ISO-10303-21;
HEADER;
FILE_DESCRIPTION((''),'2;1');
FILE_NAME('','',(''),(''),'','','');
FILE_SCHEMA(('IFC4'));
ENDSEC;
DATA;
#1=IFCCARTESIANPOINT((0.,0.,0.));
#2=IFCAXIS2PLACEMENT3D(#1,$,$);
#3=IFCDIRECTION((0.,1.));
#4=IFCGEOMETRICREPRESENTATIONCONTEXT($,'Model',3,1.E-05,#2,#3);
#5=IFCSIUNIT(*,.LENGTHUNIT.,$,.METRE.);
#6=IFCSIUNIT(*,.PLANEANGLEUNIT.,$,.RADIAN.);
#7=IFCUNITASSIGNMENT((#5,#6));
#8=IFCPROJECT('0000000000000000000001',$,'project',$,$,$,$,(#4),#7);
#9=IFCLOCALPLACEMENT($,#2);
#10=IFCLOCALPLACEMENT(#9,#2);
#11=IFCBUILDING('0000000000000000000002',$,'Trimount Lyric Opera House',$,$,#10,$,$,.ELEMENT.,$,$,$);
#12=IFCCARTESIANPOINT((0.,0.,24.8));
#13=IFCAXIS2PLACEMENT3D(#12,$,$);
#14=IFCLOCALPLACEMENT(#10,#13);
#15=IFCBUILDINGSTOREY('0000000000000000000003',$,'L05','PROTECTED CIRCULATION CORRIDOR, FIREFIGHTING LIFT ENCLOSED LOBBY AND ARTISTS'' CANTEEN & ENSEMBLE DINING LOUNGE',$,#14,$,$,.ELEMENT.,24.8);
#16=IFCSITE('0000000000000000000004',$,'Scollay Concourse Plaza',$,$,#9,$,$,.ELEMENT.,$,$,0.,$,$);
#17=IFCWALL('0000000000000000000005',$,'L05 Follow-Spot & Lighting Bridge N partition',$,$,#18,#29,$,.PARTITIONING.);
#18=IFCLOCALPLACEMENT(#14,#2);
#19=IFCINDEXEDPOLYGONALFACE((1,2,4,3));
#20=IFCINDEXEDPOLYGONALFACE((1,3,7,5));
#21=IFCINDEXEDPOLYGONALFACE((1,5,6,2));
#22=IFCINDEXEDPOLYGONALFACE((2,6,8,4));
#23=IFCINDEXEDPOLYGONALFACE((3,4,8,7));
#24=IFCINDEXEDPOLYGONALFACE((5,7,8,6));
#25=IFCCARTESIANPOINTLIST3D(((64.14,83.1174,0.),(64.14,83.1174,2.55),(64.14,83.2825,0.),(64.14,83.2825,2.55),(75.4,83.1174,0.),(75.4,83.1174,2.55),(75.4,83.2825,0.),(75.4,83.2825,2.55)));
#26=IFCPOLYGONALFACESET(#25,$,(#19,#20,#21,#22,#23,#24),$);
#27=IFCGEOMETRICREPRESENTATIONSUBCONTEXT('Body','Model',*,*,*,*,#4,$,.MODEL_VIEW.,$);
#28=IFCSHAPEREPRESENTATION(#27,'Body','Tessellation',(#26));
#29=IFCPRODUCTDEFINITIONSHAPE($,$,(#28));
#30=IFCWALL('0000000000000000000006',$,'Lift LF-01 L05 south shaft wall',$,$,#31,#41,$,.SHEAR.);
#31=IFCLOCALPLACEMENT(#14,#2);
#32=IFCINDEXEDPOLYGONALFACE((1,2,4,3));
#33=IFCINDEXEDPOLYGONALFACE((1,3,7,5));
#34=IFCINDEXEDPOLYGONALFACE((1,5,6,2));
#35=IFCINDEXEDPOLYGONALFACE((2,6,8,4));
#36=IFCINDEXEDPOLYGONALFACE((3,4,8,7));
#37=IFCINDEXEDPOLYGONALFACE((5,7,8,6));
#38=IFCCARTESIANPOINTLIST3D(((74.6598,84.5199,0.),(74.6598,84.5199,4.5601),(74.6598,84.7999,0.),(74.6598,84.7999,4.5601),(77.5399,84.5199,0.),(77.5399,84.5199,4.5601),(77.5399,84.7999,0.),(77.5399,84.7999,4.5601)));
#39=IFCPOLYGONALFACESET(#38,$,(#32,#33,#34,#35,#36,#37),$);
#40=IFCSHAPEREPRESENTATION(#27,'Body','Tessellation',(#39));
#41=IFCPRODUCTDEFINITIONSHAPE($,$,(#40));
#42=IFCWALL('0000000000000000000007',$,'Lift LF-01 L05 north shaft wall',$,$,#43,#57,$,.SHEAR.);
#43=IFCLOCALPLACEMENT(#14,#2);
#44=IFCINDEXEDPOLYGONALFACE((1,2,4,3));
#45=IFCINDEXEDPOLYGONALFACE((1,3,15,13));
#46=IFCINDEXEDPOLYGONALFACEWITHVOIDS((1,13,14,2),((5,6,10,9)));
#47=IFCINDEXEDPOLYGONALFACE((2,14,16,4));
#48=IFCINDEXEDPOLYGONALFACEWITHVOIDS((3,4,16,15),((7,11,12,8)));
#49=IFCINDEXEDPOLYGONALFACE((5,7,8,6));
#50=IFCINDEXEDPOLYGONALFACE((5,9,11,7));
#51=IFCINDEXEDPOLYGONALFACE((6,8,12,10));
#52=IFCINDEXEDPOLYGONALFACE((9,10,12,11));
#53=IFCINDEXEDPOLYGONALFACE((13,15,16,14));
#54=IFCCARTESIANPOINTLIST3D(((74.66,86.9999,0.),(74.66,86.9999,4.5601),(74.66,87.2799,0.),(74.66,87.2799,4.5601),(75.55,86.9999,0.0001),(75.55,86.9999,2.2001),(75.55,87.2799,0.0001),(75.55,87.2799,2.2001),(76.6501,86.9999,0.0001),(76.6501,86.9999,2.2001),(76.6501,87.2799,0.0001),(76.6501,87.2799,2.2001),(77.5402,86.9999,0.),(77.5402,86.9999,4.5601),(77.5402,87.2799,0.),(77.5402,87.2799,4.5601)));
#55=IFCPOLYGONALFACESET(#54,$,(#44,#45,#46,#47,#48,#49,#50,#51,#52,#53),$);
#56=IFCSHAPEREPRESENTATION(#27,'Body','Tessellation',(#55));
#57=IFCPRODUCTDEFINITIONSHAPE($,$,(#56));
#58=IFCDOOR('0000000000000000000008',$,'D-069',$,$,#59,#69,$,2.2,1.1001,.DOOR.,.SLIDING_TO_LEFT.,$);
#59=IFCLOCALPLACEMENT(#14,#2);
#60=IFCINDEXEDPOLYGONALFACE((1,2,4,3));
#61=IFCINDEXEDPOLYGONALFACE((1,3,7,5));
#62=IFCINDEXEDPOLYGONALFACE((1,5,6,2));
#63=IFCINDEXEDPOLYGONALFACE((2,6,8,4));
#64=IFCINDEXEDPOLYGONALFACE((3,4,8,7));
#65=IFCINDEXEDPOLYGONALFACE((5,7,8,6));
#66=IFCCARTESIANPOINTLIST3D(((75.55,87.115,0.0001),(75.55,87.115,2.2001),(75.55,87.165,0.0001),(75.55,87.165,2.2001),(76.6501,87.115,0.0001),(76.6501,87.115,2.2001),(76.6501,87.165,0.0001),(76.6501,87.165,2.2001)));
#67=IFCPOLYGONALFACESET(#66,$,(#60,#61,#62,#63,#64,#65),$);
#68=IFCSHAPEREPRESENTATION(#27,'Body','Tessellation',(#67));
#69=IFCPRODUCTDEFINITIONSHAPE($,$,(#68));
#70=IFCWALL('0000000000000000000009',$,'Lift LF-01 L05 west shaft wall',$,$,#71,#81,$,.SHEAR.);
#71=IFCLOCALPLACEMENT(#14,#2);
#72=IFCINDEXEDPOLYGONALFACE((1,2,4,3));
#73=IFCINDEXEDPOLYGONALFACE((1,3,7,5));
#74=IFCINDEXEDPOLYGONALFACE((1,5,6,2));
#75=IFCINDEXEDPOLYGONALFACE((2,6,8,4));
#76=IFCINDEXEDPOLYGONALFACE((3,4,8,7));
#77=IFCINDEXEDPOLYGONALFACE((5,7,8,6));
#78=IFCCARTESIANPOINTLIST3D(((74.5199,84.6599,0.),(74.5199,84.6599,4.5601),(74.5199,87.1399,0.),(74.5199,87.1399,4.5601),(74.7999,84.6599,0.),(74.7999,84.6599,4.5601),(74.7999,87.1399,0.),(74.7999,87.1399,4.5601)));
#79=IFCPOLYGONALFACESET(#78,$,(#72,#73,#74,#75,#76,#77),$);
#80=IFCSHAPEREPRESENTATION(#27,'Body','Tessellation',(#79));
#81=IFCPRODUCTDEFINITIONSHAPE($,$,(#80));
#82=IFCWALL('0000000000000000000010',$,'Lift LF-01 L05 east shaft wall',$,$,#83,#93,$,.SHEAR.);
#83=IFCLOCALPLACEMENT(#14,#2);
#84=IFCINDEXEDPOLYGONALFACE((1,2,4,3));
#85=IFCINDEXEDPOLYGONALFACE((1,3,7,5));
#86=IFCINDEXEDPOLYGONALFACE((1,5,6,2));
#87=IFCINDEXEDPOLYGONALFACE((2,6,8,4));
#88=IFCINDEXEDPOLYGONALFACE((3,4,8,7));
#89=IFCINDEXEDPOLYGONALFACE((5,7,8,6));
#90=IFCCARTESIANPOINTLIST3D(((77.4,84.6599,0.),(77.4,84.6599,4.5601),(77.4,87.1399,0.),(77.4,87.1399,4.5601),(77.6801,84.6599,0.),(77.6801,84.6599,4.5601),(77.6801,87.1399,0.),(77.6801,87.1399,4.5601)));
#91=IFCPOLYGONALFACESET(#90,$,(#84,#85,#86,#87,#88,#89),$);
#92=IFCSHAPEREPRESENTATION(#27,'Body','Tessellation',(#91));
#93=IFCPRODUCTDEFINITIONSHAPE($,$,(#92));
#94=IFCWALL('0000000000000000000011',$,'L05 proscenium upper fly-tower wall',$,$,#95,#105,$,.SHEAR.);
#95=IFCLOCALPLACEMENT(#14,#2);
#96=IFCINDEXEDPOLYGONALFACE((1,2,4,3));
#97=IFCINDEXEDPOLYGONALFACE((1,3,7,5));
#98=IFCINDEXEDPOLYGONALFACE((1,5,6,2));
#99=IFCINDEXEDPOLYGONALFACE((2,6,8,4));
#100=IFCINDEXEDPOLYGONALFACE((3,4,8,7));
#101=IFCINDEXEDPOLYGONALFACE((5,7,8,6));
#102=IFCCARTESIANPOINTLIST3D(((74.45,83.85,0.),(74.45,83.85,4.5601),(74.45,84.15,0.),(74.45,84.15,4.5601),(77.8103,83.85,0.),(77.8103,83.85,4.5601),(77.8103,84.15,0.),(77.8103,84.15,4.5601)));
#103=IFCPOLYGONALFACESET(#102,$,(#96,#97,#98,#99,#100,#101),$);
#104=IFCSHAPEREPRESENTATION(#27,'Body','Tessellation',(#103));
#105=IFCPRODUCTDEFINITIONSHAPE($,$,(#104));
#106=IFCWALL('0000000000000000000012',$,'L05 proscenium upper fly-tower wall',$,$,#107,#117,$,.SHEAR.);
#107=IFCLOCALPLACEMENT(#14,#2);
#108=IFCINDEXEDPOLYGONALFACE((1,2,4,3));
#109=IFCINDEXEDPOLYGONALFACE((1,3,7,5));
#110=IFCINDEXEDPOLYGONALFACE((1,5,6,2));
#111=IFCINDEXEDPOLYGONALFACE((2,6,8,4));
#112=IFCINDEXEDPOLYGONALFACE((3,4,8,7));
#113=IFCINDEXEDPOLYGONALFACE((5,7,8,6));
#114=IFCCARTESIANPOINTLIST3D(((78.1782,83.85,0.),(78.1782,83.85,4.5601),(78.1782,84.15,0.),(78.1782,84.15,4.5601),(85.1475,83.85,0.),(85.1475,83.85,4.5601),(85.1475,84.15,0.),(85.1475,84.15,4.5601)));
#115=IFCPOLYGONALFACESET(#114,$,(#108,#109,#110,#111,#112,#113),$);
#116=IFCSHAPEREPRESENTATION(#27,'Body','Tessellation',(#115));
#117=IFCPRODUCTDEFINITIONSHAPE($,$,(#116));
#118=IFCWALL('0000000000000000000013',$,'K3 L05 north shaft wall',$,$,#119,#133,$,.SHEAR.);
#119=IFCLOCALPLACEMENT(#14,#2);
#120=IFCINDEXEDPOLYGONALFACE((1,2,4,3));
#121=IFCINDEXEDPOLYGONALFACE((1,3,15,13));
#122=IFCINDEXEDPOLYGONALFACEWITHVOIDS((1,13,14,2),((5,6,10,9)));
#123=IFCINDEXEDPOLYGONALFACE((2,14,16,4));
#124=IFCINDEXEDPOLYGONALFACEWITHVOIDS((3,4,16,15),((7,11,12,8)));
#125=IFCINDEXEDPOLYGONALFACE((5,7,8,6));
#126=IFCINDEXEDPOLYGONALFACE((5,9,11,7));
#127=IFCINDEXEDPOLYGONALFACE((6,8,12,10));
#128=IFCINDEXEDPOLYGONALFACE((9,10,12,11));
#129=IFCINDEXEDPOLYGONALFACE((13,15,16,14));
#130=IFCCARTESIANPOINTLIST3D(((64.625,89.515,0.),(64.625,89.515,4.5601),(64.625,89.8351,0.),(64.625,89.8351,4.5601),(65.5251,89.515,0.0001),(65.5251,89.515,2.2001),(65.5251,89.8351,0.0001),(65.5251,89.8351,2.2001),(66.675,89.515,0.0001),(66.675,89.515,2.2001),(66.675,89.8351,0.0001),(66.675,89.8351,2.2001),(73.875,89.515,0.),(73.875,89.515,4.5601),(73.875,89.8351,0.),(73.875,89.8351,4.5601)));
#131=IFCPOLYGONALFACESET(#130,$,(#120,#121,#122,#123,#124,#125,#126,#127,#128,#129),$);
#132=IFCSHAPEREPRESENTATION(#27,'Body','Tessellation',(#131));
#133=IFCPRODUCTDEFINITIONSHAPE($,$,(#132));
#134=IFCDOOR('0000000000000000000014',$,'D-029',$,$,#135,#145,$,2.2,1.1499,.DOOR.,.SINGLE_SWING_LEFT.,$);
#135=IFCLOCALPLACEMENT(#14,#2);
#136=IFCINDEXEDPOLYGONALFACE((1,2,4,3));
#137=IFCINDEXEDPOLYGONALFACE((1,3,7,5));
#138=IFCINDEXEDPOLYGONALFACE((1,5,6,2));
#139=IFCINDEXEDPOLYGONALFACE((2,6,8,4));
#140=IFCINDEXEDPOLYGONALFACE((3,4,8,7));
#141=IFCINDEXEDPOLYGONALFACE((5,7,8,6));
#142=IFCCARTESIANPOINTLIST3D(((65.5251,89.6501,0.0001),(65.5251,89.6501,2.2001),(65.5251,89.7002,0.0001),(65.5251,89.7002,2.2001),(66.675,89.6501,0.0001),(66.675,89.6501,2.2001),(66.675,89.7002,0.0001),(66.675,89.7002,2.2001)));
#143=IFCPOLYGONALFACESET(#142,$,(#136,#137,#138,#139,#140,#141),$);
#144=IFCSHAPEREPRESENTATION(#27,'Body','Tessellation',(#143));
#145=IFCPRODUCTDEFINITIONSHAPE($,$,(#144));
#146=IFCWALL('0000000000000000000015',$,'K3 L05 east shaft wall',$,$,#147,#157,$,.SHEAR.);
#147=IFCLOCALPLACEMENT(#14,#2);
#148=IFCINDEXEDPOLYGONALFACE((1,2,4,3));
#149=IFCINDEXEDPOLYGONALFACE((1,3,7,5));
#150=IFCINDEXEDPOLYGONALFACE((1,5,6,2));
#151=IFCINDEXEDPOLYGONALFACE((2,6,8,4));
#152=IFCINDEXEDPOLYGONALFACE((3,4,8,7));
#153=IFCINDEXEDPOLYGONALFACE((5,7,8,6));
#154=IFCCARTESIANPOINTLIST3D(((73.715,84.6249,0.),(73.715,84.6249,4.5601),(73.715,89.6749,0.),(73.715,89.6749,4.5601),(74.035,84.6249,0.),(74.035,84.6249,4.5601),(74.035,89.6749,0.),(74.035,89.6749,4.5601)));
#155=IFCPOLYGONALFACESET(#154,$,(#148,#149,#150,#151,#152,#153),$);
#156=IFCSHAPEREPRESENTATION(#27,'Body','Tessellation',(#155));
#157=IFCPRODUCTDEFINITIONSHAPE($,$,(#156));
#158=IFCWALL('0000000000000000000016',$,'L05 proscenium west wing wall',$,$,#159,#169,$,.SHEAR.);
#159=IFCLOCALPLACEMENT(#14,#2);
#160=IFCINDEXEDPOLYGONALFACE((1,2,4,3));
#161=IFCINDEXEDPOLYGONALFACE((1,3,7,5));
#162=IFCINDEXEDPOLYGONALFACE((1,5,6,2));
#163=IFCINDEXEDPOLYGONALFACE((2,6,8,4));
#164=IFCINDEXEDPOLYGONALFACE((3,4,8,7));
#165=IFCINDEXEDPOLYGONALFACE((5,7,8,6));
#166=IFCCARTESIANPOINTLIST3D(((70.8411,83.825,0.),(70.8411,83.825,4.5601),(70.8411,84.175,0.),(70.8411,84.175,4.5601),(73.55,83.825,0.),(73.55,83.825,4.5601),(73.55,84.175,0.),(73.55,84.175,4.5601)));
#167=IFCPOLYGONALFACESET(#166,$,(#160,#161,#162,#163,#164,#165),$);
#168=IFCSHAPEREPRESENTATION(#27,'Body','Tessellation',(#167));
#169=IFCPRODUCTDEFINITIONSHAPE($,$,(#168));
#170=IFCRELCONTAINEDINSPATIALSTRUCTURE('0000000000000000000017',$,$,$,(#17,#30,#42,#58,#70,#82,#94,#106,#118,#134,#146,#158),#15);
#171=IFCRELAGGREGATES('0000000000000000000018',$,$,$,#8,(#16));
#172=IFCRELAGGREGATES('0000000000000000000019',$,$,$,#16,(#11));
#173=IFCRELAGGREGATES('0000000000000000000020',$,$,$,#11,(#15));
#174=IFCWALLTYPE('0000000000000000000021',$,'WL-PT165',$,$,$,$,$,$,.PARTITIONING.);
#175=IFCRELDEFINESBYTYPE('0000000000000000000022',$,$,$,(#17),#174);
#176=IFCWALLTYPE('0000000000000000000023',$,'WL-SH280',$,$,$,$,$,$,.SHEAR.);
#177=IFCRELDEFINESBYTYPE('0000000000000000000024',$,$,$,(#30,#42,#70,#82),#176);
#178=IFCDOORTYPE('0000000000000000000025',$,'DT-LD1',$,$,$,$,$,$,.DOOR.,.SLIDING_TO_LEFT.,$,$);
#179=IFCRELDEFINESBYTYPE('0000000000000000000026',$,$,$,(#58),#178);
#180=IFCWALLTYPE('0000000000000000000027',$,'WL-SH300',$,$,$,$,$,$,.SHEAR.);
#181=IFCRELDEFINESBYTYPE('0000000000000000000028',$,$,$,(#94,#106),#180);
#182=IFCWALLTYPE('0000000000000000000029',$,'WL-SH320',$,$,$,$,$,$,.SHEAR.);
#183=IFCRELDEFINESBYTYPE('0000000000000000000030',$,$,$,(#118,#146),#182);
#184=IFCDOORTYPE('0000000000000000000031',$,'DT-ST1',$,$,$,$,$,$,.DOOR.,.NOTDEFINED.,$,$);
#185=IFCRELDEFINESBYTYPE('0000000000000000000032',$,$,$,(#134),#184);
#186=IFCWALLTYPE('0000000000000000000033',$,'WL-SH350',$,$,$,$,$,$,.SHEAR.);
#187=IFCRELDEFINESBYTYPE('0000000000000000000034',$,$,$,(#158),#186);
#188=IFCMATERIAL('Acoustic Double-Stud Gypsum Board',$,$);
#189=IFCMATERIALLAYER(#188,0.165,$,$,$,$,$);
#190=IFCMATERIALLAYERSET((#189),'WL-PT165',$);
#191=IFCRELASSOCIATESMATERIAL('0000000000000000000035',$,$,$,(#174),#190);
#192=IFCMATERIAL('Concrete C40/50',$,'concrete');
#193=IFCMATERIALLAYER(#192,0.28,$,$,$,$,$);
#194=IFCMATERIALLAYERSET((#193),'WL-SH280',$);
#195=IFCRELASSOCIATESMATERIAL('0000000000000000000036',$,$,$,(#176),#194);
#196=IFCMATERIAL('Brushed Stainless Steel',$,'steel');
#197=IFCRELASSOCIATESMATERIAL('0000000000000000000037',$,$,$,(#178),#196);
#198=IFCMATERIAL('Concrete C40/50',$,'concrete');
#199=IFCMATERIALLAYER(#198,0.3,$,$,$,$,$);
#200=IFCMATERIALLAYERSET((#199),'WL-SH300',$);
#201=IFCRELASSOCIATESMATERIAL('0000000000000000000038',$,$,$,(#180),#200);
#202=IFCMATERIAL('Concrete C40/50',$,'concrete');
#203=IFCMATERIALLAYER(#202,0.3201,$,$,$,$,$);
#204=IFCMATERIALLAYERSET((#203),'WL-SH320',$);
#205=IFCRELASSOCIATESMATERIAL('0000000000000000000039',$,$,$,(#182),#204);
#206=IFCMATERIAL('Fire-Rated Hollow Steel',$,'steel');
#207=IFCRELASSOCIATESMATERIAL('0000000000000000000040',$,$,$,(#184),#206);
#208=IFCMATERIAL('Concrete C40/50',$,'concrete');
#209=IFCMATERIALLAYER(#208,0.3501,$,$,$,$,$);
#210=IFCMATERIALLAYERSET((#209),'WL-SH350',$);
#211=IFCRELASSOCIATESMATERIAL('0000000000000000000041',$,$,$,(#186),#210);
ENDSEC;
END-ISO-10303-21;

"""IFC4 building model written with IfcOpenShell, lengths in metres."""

from ifc_helpers import new_model, si_unit, direction, frame, frame_2d, origin, place, context, subcontext, project, spatial, rectangle, extrude, material, layer, layer_set, type_object, element, fill, save


model = new_model("IFC4")

# Units and contexts
model_context = context("Model", 3, precision=1e-05, world=origin(), true_north=direction((0.0, 1.0)))
body_context = subcontext(model_context, "Body", "Model", "MODEL_VIEW")
ifc_project = project(units=[si_unit("LENGTHUNIT", "METRE"), si_unit("PLANEANGLEUNIT", "RADIAN")], contexts=[model_context])

# Site, building, storey
site_placement = place(None, origin())
site = spatial("IfcSite", under=ifc_project, at=site_placement, Name="Scollay Concourse Plaza", CompositionType="ELEMENT", RefElevation=0.0)
building_placement = place(site_placement, origin())
building = spatial("IfcBuilding", under=site, at=building_placement, Name="Trimount Lyric Opera House", CompositionType="ELEMENT")
storey_placement = place(building_placement, frame((0.0, 0.0, 24.8)))
storey = spatial("IfcBuildingStorey", under=building, at=storey_placement, Name="L05", Description="PROTECTED CIRCULATION CORRIDOR, FIREFIGHTING LIFT ENCLOSED LOBBY AND ARTISTS' CANTEEN & ENSEMBLE DINING LOUNGE", CompositionType="ELEMENT", Elevation=24.8)

# Walls
ifc_material_1 = material(Name="Acoustic Double-Stud Gypsum Board")
ifc_layer_1 = layer(ifc_material_1, 0.165)
ifc_layer_set_1 = layer_set([ifc_layer_1], Name="WL-PT165")
wall_type_1 = type_object("IfcWallType", Name="WL-PT165", PredefinedType="PARTITIONING", material=ifc_layer_set_1)
wall_1_placement = place(storey_placement, frame((75.3999, 83.2, 0.0), z_axis=(0.0, 0.0, 1.0), x_axis=(-1.0, 0.0, 0.0)))
element("IfcWall", 1, at=wall_1_placement, inside=storey, type_object=wall_type_1, Name="L05 Follow-Spot & Lighting Bridge N partition", PredefinedType="PARTITIONING", context=body_context, shape_type="SweptSolid", body=[
    extrude(rectangle(XDim=11.26, YDim=0.165, at=frame_2d((5.6299, 0.0))), origin(), (0.0, 0.0, 1.0), 2.55),
])
ifc_material_2 = material(Name="Concrete C40/50", Category="concrete")
ifc_layer_2 = layer(ifc_material_2, 0.28)
ifc_layer_set_2 = layer_set([ifc_layer_2], Name="WL-SH280")
wall_type_2 = type_object("IfcWallType", Name="WL-SH280", PredefinedType="SHEAR", material=ifc_layer_set_2)
wall_2_placement = place(storey_placement, frame((74.6599, 84.6599, 0.0), z_axis=(0.0, 0.0, 1.0), x_axis=(1.0, 0.0, 0.0)))
element("IfcWall", 2, at=wall_2_placement, inside=storey, type_object=wall_type_2, Name="Lift LF-01 L05 south shaft wall", PredefinedType="SHEAR", context=body_context, shape_type="SweptSolid", body=[
    extrude(rectangle(XDim=2.8801, YDim=0.28, at=frame_2d((1.4399, 0.0))), origin(), (0.0, 0.0, 1.0), 4.5601),
])

# Wall, opening, door
wall_3_placement = place(storey_placement, frame((77.54, 87.1399, 0.0), z_axis=(0.0, 0.0, 1.0), x_axis=(-1.0, 0.0, 0.0)))
wall_3 = element("IfcWall", 3, at=wall_3_placement, inside=storey, type_object=wall_type_2, Name="Lift LF-01 L05 north shaft wall", PredefinedType="SHEAR", context=body_context, shape_type="SweptSolid", body=[
    extrude(rectangle(XDim=2.8801, YDim=0.28, at=frame_2d((1.4399, 0.0))), origin(), (0.0, 0.0, 1.0), 4.5601),
])
opening_1_placement = place(wall_3_placement, frame((0.8899, 0.0, 0.0)))
opening_1 = element("IfcOpeningElement", 4, at=opening_1_placement, cuts=wall_3, PredefinedType="OPENING", context=body_context, shape_type="SweptSolid", body=[
    extrude(rectangle(XDim=1.1001, YDim=2.2, at=frame_2d((0.55, 1.1001))), frame((0.0, 0.1499, 0.0), z_axis=(0.0, -1.0, 0.0), x_axis=(1.0, 0.0, 0.0)), (0.0, 0.0, 1.0), 0.3),
])
ifc_material_3 = material(Name="Brushed Stainless Steel", Category="steel")
door_type_1 = type_object("IfcDoorType", Name="DT-LD1", OperationType="SLIDING_TO_LEFT", PredefinedType="DOOR", material=ifc_material_3)
door_1_placement = place(opening_1_placement, origin())
door_1 = element("IfcDoor", 5, at=door_1_placement, inside=storey, type_object=door_type_1, Name="D-069", OperationType="SLIDING_TO_LEFT", OverallHeight=2.2, OverallWidth=1.1001, PredefinedType="DOOR", context=body_context, shape_type="SweptSolid", body=[
    extrude(rectangle(XDim=1.1001, YDim=2.2, at=frame_2d((0.55, 1.1001))), frame((0.0, 0.0249, 0.0), z_axis=(0.0, -1.0, 0.0), x_axis=(1.0, 0.0, 0.0)), (0.0, 0.0, 1.0), 0.05),
])
fill(opening_1, door_1)

# Walls
for number, where, z_axis, x_axis, name in (
    (6, (74.6599, 87.1399, 0.0), (0.0, 0.0, 1.0), (0.0, -1.0, 0.0), "Lift LF-01 L05 west shaft wall"),
    (7, (77.54, 84.6599, 0.0), (0.0, 0.0, 1.0), (0.0, 1.0, 0.0), "Lift LF-01 L05 east shaft wall"),
):
    element("IfcWall", number, at=place(storey_placement, frame(where, z_axis=z_axis, x_axis=x_axis)), inside=storey, type_object=wall_type_2, Name=name, PredefinedType="SHEAR", context=body_context, shape_type="SweptSolid", body=[
        extrude(rectangle(XDim=2.48, YDim=0.28, at=frame_2d((1.24, 0.0))), origin(), (0.0, 0.0, 1.0), 4.5601),
    ])
ifc_material_4 = material(Name="Concrete C40/50", Category="concrete")
ifc_layer_3 = layer(ifc_material_4, 0.3)
ifc_layer_set_3 = layer_set([ifc_layer_3], Name="WL-SH300")
wall_type_3 = type_object("IfcWallType", Name="WL-SH300", PredefinedType="SHEAR", material=ifc_layer_set_3)
wall_4_placement = place(storey_placement, frame((74.45, 84.0, 0.0), z_axis=(0.0, 0.0, 1.0), x_axis=(1.0, 0.0, 0.0)))
element("IfcWall", 8, at=wall_4_placement, inside=storey, type_object=wall_type_3, Name="L05 proscenium upper fly-tower wall", PredefinedType="SHEAR", context=body_context, shape_type="SweptSolid", body=[
    extrude(rectangle(XDim=3.3604, YDim=0.3, at=frame_2d((1.6802, 0.0))), origin(), (0.0, 0.0, 1.0), 4.5601),
])
wall_5_placement = place(storey_placement, frame((78.1782, 84.0, 0.0), z_axis=(0.0, 0.0, 1.0), x_axis=(1.0, 0.0, 0.0)))
element("IfcWall", 9, at=wall_5_placement, inside=storey, type_object=wall_type_3, Name="L05 proscenium upper fly-tower wall", PredefinedType="SHEAR", context=body_context, shape_type="SweptSolid", body=[
    extrude(rectangle(XDim=6.9692, YDim=0.3, at=frame_2d((3.4846, 0.0))), origin(), (0.0, 0.0, 1.0), 4.5601),
])

# Wall, opening, door
ifc_material_5 = material(Name="Concrete C40/50", Category="concrete")
ifc_layer_4 = layer(ifc_material_5, 0.3201)
ifc_layer_set_4 = layer_set([ifc_layer_4], Name="WL-SH320")
wall_type_4 = type_object("IfcWallType", Name="WL-SH320", PredefinedType="SHEAR", material=ifc_layer_set_4)
wall_6_placement = place(storey_placement, frame((73.875, 89.675, 0.0), z_axis=(0.0, 0.0, 1.0), x_axis=(-1.0, 0.0, 0.0)))
wall_6 = element("IfcWall", 10, at=wall_6_placement, inside=storey, type_object=wall_type_4, Name="K3 L05 north shaft wall", PredefinedType="SHEAR", context=body_context, shape_type="SweptSolid", body=[
    extrude(rectangle(XDim=9.25, YDim=0.3201, at=frame_2d((4.625, 0.0))), origin(), (0.0, 0.0, 1.0), 4.5601),
])
opening_2_placement = place(wall_6_placement, frame((7.2, 0.0, 0.0)))
opening_2 = element("IfcOpeningElement", 11, at=opening_2_placement, cuts=wall_6, PredefinedType="OPENING", context=body_context, shape_type="SweptSolid", body=[
    extrude(rectangle(XDim=1.1499, YDim=2.2, at=frame_2d((0.575, 1.1001))), frame((0.0, 0.1699, 0.0), z_axis=(0.0, -1.0, 0.0), x_axis=(1.0, 0.0, 0.0)), (0.0, 0.0, 1.0), 0.3401),
])
ifc_material_6 = material(Name="Fire-Rated Hollow Steel", Category="steel")
door_type_2 = type_object("IfcDoorType", Name="DT-ST1", OperationType="NOTDEFINED", PredefinedType="DOOR", material=ifc_material_6)
door_2_placement = place(opening_2_placement, origin())
door_2 = element("IfcDoor", 12, at=door_2_placement, inside=storey, type_object=door_type_2, Name="D-029", OperationType="SINGLE_SWING_LEFT", OverallHeight=2.2, OverallWidth=1.1499, PredefinedType="DOOR", context=body_context, shape_type="SweptSolid", body=[
    extrude(rectangle(XDim=1.1499, YDim=2.2, at=frame_2d((0.575, 1.1001))), frame((0.0, 0.0249, 0.0), z_axis=(0.0, -1.0, 0.0), x_axis=(1.0, 0.0, 0.0)), (0.0, 0.0, 1.0), 0.05),
])
fill(opening_2, door_2)

# Walls
wall_7_placement = place(storey_placement, frame((73.875, 84.625, 0.0), z_axis=(0.0, 0.0, 1.0), x_axis=(0.0, 1.0, 0.0)))
element("IfcWall", 13, at=wall_7_placement, inside=storey, type_object=wall_type_4, Name="K3 L05 east shaft wall", PredefinedType="SHEAR", context=body_context, shape_type="SweptSolid", body=[
    extrude(rectangle(XDim=5.05, YDim=0.3201, at=frame_2d((2.5249, 0.0))), origin(), (0.0, 0.0, 1.0), 4.5601),
])
ifc_material_7 = material(Name="Concrete C40/50", Category="concrete")
ifc_layer_5 = layer(ifc_material_7, 0.3501)
ifc_layer_set_5 = layer_set([ifc_layer_5], Name="WL-SH350")
wall_type_5 = type_object("IfcWallType", Name="WL-SH350", PredefinedType="SHEAR", material=ifc_layer_set_5)
wall_8_placement = place(storey_placement, frame((70.8411, 84.0, 0.0), z_axis=(0.0, 0.0, 1.0), x_axis=(1.0, 0.0, 0.0)))
element("IfcWall", 14, at=wall_8_placement, inside=storey, type_object=wall_type_5, Name="L05 proscenium west wing wall", PredefinedType="SHEAR", context=body_context, shape_type="SweptSolid", body=[
    extrude(rectangle(XDim=2.709, YDim=0.3501, at=frame_2d((1.3545, 0.0))), origin(), (0.0, 0.0, 1.0), 4.5601),
])

save(model, "model.ifc")
